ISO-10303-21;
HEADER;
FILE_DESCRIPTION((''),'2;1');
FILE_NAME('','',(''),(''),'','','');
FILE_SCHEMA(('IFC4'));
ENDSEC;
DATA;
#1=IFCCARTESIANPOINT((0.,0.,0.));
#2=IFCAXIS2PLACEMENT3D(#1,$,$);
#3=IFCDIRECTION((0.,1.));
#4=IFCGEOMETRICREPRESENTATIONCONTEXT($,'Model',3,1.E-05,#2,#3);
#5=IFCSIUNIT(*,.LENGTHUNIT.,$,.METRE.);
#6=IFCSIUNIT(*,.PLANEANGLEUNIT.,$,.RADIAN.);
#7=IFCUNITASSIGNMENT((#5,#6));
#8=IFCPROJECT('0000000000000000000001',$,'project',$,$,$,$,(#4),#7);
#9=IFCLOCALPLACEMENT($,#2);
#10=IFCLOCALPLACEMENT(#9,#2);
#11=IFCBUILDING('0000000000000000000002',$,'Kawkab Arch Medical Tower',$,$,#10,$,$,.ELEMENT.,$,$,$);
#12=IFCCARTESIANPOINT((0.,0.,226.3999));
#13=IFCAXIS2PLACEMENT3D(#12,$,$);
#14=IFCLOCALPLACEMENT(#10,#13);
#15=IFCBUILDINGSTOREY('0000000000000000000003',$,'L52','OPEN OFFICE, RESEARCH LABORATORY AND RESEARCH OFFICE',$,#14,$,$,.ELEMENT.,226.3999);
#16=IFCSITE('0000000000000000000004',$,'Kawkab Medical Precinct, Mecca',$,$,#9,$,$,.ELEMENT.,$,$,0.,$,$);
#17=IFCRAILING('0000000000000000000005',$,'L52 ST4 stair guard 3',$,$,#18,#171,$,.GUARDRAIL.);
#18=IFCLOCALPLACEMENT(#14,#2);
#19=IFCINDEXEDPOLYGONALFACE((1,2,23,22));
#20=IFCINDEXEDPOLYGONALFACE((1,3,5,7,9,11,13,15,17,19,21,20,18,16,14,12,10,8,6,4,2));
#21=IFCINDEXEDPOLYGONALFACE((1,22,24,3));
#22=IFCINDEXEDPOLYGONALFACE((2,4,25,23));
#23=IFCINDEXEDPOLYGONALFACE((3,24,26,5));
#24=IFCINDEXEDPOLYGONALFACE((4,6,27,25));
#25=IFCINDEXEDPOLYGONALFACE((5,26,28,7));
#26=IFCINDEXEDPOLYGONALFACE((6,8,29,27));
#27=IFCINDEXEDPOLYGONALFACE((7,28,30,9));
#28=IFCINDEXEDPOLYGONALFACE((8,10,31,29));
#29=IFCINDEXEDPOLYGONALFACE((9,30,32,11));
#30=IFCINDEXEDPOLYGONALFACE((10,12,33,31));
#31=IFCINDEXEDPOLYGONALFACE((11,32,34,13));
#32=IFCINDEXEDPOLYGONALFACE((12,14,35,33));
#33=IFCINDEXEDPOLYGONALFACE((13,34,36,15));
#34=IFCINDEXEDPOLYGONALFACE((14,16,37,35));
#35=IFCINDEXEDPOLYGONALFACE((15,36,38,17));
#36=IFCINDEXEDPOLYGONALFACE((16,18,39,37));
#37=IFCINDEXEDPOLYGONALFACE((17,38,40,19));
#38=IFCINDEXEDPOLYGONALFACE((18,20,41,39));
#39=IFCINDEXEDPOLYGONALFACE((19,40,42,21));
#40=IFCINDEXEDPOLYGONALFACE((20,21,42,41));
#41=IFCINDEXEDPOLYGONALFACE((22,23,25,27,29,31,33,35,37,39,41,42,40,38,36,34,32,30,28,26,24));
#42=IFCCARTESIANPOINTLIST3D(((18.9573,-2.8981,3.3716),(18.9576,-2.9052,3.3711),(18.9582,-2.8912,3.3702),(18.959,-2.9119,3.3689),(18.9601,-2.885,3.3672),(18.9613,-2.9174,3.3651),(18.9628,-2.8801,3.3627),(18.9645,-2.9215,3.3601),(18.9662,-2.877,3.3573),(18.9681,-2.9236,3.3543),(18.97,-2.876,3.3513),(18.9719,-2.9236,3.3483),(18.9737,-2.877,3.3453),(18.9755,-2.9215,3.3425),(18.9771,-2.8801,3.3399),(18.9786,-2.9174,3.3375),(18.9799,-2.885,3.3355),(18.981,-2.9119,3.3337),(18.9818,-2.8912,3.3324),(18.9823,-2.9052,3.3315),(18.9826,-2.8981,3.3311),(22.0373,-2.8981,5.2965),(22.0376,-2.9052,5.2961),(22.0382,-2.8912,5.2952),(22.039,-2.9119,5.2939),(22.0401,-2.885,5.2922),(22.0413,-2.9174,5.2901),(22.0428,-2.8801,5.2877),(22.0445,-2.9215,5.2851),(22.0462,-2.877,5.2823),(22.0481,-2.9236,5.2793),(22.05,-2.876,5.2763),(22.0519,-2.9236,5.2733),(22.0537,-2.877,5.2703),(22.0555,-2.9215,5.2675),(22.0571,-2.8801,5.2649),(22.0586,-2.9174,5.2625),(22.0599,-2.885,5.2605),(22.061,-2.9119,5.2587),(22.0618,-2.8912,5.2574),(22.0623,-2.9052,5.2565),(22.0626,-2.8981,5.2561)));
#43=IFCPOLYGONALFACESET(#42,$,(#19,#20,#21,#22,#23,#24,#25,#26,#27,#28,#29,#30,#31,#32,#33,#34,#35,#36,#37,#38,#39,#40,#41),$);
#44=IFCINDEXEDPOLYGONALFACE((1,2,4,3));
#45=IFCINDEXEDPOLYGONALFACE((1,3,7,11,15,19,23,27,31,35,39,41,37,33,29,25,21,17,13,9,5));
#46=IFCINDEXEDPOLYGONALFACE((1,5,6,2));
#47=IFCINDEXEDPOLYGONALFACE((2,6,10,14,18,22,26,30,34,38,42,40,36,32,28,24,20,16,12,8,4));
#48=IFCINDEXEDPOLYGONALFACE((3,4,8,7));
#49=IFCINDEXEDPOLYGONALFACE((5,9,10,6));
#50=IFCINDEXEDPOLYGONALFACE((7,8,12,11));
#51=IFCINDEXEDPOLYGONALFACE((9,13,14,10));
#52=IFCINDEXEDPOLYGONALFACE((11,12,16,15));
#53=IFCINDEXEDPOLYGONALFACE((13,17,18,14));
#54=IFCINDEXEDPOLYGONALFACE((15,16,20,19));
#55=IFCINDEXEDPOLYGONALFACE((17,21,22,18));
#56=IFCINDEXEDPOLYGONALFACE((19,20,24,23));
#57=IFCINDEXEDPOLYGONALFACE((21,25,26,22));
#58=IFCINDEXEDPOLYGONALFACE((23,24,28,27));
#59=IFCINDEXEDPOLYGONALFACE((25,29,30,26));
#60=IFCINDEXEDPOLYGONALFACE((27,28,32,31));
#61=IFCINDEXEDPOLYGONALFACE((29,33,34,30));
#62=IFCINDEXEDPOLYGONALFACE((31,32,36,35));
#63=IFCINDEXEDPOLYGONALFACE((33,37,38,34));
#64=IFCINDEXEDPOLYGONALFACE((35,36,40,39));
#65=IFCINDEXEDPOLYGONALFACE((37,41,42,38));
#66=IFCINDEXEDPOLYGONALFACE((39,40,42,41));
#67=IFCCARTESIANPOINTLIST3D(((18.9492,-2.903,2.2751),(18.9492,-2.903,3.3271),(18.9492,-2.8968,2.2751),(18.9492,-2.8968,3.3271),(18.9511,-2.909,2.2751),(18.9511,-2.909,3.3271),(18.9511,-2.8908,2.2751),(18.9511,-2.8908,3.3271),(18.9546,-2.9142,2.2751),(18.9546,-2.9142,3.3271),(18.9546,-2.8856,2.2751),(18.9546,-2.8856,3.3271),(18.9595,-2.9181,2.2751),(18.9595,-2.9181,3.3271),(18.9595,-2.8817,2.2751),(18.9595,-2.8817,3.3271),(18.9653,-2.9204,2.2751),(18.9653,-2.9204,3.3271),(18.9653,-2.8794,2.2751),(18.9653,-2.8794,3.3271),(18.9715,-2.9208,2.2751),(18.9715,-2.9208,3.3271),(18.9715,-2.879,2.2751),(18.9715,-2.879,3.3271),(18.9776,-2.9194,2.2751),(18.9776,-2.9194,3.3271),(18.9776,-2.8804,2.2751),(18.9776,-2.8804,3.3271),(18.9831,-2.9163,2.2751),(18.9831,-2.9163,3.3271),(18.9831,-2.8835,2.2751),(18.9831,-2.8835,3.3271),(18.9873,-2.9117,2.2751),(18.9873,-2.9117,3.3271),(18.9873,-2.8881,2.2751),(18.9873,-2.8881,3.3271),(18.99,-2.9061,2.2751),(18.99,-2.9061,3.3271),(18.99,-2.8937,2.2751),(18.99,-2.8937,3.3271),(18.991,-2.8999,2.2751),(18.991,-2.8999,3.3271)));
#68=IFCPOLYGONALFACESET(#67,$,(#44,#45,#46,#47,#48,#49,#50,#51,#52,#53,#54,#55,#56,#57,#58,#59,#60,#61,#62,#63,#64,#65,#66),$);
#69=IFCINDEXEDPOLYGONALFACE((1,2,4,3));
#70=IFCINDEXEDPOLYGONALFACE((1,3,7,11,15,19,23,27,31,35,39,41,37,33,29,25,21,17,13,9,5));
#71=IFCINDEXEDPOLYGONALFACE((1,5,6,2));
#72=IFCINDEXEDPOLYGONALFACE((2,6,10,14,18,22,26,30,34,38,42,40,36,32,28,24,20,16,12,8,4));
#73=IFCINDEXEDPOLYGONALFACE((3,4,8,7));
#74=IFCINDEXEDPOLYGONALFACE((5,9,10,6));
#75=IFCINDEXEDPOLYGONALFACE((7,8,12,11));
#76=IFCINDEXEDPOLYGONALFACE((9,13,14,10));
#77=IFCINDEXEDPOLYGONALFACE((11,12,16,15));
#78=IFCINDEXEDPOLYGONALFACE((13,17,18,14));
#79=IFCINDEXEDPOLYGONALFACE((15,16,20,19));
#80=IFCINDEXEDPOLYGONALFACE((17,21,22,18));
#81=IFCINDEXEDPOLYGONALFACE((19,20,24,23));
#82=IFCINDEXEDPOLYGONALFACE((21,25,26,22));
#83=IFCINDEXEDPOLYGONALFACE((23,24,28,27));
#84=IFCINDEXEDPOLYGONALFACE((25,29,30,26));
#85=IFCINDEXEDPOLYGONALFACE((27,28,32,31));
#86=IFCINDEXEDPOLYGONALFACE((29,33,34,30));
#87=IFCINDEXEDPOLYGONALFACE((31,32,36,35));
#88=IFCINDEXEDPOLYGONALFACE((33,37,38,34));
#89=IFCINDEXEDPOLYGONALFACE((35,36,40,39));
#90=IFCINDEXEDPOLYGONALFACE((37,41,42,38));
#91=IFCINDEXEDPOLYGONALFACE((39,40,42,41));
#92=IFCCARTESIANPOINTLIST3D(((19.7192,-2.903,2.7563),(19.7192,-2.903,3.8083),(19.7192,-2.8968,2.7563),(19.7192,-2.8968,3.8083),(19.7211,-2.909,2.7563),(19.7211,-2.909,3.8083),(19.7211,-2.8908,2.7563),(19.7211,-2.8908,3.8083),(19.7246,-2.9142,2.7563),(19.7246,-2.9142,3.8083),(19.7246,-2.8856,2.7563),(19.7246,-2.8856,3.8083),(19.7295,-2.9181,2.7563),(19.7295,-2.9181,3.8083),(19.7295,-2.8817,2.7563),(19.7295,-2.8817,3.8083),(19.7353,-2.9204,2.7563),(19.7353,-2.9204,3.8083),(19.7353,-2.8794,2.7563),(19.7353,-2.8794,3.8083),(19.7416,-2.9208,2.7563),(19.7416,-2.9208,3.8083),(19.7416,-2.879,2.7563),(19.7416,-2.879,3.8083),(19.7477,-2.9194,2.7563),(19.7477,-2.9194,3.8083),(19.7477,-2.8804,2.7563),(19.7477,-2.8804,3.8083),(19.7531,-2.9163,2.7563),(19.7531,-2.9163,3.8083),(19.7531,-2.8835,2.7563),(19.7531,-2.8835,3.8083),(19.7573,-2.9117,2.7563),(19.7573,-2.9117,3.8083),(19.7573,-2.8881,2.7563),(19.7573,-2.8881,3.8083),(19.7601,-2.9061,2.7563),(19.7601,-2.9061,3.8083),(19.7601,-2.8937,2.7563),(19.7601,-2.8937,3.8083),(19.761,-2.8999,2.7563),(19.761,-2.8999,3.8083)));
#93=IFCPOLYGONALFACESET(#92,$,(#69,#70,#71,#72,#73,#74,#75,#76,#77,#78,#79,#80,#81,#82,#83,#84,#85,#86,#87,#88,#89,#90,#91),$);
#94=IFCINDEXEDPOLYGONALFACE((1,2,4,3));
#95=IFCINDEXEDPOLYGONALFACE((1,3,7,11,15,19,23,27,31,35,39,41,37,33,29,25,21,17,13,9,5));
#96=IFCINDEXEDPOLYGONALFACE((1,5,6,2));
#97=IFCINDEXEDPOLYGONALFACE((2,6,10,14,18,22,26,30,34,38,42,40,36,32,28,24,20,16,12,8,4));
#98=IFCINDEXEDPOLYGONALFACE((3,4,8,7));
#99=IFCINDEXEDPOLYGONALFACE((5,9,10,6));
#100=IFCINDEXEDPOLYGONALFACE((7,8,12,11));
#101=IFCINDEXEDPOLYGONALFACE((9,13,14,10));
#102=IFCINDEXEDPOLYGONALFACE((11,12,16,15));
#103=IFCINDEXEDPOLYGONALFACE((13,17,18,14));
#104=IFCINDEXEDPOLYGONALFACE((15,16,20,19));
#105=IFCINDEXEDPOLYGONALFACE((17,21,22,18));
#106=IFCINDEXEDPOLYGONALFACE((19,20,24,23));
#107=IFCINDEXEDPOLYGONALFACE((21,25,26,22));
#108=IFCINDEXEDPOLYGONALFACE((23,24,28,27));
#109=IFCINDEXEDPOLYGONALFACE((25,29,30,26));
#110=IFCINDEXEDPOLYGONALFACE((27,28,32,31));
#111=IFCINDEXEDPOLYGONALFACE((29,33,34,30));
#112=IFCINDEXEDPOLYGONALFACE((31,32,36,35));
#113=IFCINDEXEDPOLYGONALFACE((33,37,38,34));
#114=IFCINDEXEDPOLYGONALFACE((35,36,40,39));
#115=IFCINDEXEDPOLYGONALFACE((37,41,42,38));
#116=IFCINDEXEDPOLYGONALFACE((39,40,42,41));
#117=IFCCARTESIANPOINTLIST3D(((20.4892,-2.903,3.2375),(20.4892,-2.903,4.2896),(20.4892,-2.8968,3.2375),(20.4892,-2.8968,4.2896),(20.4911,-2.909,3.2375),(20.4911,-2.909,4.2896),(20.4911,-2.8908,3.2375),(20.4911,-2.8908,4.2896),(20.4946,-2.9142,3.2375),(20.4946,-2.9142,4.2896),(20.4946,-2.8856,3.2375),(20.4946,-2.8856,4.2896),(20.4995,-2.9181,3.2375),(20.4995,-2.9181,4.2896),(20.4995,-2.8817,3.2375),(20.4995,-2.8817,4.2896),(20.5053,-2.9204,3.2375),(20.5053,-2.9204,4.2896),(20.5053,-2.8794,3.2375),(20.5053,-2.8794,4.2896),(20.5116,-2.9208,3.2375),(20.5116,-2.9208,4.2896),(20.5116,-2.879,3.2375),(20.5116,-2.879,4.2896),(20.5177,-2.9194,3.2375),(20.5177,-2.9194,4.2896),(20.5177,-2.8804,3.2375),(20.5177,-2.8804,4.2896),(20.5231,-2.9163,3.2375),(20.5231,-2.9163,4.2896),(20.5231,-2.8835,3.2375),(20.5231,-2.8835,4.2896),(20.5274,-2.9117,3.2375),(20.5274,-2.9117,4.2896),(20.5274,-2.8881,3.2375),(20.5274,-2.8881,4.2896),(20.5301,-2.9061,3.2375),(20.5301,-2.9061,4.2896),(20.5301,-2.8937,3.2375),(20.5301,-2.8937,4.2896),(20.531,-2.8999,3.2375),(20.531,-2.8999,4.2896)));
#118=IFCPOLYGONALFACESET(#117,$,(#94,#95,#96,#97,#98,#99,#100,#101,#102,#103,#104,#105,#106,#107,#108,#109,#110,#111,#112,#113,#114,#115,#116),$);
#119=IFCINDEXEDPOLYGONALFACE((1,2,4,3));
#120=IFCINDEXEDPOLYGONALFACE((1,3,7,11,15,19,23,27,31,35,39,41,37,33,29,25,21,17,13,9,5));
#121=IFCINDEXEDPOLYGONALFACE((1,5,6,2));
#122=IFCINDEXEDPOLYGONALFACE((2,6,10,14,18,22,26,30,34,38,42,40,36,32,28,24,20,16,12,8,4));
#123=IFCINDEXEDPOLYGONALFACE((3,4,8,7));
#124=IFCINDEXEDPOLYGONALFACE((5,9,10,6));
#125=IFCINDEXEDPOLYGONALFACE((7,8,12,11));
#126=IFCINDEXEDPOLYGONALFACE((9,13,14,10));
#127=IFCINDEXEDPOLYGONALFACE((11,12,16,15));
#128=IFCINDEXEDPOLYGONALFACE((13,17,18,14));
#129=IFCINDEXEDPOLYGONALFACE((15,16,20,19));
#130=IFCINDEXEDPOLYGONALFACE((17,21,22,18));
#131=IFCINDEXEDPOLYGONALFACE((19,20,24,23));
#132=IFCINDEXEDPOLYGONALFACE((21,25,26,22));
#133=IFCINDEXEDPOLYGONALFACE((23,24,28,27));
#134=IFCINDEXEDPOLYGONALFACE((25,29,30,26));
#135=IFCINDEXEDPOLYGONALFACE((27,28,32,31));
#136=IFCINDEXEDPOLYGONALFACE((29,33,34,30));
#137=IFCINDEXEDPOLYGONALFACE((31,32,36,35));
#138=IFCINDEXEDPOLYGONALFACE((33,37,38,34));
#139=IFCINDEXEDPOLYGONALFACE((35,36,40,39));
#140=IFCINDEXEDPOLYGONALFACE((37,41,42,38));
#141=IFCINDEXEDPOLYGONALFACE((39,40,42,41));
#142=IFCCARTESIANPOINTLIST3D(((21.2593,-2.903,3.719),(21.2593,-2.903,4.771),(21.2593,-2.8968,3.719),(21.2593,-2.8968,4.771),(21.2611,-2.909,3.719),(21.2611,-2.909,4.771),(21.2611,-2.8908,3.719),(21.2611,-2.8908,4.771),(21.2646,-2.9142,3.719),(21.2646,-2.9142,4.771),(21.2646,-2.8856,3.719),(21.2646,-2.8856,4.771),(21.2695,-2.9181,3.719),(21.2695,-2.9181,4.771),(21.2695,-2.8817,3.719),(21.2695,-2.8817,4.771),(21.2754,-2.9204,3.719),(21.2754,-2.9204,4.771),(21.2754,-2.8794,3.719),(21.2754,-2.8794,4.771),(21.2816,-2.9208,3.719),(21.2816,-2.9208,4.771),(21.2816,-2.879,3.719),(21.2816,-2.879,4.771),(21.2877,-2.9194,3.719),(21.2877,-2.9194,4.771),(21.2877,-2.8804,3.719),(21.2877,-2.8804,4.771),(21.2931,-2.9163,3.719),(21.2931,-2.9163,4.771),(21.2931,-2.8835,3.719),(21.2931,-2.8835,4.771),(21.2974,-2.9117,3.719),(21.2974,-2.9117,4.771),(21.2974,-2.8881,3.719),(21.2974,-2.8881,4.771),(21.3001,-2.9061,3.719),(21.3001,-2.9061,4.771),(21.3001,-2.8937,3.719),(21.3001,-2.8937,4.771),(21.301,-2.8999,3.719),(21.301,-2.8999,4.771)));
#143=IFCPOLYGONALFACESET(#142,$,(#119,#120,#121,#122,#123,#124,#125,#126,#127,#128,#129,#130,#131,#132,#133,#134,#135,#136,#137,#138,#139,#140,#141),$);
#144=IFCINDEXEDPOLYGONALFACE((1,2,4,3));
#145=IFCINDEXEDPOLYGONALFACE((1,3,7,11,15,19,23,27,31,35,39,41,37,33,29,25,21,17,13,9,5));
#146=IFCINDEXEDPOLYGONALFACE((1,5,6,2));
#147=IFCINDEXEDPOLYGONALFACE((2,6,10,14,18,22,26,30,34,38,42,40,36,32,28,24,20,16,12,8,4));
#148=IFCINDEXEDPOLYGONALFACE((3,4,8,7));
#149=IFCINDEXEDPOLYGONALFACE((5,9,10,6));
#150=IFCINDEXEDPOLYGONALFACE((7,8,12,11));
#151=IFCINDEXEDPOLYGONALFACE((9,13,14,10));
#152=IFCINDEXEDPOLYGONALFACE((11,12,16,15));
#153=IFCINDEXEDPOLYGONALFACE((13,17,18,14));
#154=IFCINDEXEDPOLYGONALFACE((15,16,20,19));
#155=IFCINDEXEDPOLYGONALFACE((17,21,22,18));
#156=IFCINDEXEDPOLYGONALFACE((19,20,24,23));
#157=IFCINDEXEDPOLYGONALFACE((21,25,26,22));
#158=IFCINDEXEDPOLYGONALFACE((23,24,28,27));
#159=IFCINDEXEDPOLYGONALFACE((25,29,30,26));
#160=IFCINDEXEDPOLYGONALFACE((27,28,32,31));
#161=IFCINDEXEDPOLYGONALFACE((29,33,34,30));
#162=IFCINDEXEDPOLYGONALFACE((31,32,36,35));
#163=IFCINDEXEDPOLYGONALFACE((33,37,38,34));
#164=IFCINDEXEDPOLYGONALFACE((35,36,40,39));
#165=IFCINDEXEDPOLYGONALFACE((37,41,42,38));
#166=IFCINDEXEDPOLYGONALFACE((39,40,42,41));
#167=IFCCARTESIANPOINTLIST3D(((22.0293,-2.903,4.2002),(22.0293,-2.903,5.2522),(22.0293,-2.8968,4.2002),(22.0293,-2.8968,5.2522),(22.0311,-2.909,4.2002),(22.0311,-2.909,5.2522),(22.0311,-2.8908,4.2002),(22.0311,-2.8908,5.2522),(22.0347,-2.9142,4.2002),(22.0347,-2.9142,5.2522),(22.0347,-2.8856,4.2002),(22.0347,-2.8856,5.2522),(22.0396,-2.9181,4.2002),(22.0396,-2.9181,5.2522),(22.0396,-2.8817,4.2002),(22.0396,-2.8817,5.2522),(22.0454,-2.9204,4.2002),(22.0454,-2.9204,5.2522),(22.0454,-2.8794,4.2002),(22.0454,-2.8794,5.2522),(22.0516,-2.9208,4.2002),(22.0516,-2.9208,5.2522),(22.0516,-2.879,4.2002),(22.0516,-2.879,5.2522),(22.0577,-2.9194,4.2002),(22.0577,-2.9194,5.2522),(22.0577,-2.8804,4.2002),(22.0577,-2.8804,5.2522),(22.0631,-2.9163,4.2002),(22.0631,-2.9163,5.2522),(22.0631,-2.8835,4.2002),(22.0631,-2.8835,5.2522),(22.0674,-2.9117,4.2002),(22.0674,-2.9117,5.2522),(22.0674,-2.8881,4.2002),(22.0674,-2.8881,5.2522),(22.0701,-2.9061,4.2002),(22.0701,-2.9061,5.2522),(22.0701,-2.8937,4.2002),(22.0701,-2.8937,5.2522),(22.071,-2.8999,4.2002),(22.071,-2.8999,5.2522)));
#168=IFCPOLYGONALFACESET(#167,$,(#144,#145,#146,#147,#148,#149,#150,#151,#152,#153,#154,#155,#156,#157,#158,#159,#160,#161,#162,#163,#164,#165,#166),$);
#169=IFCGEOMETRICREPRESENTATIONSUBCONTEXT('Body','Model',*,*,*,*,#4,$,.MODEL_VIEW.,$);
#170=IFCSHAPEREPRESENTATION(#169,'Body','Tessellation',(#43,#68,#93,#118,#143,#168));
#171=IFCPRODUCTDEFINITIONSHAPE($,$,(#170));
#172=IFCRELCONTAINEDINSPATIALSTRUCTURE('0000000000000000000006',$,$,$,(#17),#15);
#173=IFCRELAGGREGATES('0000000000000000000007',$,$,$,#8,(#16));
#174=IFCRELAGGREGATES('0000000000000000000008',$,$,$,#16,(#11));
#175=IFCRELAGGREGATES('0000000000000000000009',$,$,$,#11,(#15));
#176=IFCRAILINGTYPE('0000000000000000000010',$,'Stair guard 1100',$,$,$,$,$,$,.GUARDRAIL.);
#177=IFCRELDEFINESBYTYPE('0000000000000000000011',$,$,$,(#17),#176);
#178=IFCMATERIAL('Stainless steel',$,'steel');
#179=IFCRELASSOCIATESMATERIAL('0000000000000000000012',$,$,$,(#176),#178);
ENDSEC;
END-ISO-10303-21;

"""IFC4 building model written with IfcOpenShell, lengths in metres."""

from ifc_helpers import new_model, si_unit, direction, frame, origin, origin_2d, place, context, subcontext, project, spatial, circle, extrude, material, type_object, element, save


model = new_model("IFC4")

# Units and contexts
model_context = context("Model", 3, precision=1e-05, world=origin(), true_north=direction((0.0, 1.0)))
body_context = subcontext(model_context, "Body", "Model", "MODEL_VIEW")
ifc_project = project(units=[si_unit("LENGTHUNIT", "METRE"), si_unit("PLANEANGLEUNIT", "RADIAN")], contexts=[model_context])

# Site, building, storey
site_placement = place(None, origin())
site = spatial("IfcSite", under=ifc_project, at=site_placement, Name="Kawkab Medical Precinct, Mecca", CompositionType="ELEMENT", RefElevation=0.0)
building_placement = place(site_placement, origin())
building = spatial("IfcBuilding", under=site, at=building_placement, Name="Kawkab Arch Medical Tower", CompositionType="ELEMENT")
storey_placement = place(building_placement, frame((0.0, 0.0, 226.3999)))
storey = spatial("IfcBuildingStorey", under=building, at=storey_placement, Name="L52", Description="OPEN OFFICE, RESEARCH LABORATORY AND RESEARCH OFFICE", CompositionType="ELEMENT", Elevation=226.3999)

# Railing
ifc_material_1 = material(Name="Stainless steel", Category="steel")
railing_type_1 = type_object("IfcRailingType", Name="Stair guard 1100", PredefinedType="GUARDRAIL", material=ifc_material_1)
railing_1_placement = place(storey_placement, frame((18.97, -2.8999, 2.2751)))
element("IfcRailing", 1, at=railing_1_placement, inside=storey, type_object=railing_type_1, Name="L52 ST4 stair guard 3", PredefinedType="GUARDRAIL", context=body_context, shape_type="SweptSolid", body=[
    extrude(circle(Radius=0.0239, at=origin_2d()), frame((0.0, 0.0, 1.0762), z_axis=(0.847998, 0.0, 0.529999), x_axis=(0.0, 1.0, 0.0)), (0.0, 0.0, 1.0), 3.6321),
    extrude(circle(Radius=0.021, at=origin_2d()), origin(), (0.0, 0.0, 1.0), 1.052),
    extrude(circle(Radius=0.021, at=origin_2d()), frame((0.77, 0.0, 0.4812)), (0.0, 0.0, 1.0), 1.052),
    extrude(circle(Radius=0.021, at=origin_2d()), frame((1.54, 0.0, 0.9624)), (0.0, 0.0, 1.0), 1.052),
    extrude(circle(Radius=0.021, at=origin_2d()), frame((2.3101, 0.0, 1.4438)), (0.0, 0.0, 1.0), 1.052),
    extrude(circle(Radius=0.021, at=origin_2d()), frame((3.0801, 0.0, 1.925)), (0.0, 0.0, 1.0), 1.052),
])

save(model, "model.ifc")
